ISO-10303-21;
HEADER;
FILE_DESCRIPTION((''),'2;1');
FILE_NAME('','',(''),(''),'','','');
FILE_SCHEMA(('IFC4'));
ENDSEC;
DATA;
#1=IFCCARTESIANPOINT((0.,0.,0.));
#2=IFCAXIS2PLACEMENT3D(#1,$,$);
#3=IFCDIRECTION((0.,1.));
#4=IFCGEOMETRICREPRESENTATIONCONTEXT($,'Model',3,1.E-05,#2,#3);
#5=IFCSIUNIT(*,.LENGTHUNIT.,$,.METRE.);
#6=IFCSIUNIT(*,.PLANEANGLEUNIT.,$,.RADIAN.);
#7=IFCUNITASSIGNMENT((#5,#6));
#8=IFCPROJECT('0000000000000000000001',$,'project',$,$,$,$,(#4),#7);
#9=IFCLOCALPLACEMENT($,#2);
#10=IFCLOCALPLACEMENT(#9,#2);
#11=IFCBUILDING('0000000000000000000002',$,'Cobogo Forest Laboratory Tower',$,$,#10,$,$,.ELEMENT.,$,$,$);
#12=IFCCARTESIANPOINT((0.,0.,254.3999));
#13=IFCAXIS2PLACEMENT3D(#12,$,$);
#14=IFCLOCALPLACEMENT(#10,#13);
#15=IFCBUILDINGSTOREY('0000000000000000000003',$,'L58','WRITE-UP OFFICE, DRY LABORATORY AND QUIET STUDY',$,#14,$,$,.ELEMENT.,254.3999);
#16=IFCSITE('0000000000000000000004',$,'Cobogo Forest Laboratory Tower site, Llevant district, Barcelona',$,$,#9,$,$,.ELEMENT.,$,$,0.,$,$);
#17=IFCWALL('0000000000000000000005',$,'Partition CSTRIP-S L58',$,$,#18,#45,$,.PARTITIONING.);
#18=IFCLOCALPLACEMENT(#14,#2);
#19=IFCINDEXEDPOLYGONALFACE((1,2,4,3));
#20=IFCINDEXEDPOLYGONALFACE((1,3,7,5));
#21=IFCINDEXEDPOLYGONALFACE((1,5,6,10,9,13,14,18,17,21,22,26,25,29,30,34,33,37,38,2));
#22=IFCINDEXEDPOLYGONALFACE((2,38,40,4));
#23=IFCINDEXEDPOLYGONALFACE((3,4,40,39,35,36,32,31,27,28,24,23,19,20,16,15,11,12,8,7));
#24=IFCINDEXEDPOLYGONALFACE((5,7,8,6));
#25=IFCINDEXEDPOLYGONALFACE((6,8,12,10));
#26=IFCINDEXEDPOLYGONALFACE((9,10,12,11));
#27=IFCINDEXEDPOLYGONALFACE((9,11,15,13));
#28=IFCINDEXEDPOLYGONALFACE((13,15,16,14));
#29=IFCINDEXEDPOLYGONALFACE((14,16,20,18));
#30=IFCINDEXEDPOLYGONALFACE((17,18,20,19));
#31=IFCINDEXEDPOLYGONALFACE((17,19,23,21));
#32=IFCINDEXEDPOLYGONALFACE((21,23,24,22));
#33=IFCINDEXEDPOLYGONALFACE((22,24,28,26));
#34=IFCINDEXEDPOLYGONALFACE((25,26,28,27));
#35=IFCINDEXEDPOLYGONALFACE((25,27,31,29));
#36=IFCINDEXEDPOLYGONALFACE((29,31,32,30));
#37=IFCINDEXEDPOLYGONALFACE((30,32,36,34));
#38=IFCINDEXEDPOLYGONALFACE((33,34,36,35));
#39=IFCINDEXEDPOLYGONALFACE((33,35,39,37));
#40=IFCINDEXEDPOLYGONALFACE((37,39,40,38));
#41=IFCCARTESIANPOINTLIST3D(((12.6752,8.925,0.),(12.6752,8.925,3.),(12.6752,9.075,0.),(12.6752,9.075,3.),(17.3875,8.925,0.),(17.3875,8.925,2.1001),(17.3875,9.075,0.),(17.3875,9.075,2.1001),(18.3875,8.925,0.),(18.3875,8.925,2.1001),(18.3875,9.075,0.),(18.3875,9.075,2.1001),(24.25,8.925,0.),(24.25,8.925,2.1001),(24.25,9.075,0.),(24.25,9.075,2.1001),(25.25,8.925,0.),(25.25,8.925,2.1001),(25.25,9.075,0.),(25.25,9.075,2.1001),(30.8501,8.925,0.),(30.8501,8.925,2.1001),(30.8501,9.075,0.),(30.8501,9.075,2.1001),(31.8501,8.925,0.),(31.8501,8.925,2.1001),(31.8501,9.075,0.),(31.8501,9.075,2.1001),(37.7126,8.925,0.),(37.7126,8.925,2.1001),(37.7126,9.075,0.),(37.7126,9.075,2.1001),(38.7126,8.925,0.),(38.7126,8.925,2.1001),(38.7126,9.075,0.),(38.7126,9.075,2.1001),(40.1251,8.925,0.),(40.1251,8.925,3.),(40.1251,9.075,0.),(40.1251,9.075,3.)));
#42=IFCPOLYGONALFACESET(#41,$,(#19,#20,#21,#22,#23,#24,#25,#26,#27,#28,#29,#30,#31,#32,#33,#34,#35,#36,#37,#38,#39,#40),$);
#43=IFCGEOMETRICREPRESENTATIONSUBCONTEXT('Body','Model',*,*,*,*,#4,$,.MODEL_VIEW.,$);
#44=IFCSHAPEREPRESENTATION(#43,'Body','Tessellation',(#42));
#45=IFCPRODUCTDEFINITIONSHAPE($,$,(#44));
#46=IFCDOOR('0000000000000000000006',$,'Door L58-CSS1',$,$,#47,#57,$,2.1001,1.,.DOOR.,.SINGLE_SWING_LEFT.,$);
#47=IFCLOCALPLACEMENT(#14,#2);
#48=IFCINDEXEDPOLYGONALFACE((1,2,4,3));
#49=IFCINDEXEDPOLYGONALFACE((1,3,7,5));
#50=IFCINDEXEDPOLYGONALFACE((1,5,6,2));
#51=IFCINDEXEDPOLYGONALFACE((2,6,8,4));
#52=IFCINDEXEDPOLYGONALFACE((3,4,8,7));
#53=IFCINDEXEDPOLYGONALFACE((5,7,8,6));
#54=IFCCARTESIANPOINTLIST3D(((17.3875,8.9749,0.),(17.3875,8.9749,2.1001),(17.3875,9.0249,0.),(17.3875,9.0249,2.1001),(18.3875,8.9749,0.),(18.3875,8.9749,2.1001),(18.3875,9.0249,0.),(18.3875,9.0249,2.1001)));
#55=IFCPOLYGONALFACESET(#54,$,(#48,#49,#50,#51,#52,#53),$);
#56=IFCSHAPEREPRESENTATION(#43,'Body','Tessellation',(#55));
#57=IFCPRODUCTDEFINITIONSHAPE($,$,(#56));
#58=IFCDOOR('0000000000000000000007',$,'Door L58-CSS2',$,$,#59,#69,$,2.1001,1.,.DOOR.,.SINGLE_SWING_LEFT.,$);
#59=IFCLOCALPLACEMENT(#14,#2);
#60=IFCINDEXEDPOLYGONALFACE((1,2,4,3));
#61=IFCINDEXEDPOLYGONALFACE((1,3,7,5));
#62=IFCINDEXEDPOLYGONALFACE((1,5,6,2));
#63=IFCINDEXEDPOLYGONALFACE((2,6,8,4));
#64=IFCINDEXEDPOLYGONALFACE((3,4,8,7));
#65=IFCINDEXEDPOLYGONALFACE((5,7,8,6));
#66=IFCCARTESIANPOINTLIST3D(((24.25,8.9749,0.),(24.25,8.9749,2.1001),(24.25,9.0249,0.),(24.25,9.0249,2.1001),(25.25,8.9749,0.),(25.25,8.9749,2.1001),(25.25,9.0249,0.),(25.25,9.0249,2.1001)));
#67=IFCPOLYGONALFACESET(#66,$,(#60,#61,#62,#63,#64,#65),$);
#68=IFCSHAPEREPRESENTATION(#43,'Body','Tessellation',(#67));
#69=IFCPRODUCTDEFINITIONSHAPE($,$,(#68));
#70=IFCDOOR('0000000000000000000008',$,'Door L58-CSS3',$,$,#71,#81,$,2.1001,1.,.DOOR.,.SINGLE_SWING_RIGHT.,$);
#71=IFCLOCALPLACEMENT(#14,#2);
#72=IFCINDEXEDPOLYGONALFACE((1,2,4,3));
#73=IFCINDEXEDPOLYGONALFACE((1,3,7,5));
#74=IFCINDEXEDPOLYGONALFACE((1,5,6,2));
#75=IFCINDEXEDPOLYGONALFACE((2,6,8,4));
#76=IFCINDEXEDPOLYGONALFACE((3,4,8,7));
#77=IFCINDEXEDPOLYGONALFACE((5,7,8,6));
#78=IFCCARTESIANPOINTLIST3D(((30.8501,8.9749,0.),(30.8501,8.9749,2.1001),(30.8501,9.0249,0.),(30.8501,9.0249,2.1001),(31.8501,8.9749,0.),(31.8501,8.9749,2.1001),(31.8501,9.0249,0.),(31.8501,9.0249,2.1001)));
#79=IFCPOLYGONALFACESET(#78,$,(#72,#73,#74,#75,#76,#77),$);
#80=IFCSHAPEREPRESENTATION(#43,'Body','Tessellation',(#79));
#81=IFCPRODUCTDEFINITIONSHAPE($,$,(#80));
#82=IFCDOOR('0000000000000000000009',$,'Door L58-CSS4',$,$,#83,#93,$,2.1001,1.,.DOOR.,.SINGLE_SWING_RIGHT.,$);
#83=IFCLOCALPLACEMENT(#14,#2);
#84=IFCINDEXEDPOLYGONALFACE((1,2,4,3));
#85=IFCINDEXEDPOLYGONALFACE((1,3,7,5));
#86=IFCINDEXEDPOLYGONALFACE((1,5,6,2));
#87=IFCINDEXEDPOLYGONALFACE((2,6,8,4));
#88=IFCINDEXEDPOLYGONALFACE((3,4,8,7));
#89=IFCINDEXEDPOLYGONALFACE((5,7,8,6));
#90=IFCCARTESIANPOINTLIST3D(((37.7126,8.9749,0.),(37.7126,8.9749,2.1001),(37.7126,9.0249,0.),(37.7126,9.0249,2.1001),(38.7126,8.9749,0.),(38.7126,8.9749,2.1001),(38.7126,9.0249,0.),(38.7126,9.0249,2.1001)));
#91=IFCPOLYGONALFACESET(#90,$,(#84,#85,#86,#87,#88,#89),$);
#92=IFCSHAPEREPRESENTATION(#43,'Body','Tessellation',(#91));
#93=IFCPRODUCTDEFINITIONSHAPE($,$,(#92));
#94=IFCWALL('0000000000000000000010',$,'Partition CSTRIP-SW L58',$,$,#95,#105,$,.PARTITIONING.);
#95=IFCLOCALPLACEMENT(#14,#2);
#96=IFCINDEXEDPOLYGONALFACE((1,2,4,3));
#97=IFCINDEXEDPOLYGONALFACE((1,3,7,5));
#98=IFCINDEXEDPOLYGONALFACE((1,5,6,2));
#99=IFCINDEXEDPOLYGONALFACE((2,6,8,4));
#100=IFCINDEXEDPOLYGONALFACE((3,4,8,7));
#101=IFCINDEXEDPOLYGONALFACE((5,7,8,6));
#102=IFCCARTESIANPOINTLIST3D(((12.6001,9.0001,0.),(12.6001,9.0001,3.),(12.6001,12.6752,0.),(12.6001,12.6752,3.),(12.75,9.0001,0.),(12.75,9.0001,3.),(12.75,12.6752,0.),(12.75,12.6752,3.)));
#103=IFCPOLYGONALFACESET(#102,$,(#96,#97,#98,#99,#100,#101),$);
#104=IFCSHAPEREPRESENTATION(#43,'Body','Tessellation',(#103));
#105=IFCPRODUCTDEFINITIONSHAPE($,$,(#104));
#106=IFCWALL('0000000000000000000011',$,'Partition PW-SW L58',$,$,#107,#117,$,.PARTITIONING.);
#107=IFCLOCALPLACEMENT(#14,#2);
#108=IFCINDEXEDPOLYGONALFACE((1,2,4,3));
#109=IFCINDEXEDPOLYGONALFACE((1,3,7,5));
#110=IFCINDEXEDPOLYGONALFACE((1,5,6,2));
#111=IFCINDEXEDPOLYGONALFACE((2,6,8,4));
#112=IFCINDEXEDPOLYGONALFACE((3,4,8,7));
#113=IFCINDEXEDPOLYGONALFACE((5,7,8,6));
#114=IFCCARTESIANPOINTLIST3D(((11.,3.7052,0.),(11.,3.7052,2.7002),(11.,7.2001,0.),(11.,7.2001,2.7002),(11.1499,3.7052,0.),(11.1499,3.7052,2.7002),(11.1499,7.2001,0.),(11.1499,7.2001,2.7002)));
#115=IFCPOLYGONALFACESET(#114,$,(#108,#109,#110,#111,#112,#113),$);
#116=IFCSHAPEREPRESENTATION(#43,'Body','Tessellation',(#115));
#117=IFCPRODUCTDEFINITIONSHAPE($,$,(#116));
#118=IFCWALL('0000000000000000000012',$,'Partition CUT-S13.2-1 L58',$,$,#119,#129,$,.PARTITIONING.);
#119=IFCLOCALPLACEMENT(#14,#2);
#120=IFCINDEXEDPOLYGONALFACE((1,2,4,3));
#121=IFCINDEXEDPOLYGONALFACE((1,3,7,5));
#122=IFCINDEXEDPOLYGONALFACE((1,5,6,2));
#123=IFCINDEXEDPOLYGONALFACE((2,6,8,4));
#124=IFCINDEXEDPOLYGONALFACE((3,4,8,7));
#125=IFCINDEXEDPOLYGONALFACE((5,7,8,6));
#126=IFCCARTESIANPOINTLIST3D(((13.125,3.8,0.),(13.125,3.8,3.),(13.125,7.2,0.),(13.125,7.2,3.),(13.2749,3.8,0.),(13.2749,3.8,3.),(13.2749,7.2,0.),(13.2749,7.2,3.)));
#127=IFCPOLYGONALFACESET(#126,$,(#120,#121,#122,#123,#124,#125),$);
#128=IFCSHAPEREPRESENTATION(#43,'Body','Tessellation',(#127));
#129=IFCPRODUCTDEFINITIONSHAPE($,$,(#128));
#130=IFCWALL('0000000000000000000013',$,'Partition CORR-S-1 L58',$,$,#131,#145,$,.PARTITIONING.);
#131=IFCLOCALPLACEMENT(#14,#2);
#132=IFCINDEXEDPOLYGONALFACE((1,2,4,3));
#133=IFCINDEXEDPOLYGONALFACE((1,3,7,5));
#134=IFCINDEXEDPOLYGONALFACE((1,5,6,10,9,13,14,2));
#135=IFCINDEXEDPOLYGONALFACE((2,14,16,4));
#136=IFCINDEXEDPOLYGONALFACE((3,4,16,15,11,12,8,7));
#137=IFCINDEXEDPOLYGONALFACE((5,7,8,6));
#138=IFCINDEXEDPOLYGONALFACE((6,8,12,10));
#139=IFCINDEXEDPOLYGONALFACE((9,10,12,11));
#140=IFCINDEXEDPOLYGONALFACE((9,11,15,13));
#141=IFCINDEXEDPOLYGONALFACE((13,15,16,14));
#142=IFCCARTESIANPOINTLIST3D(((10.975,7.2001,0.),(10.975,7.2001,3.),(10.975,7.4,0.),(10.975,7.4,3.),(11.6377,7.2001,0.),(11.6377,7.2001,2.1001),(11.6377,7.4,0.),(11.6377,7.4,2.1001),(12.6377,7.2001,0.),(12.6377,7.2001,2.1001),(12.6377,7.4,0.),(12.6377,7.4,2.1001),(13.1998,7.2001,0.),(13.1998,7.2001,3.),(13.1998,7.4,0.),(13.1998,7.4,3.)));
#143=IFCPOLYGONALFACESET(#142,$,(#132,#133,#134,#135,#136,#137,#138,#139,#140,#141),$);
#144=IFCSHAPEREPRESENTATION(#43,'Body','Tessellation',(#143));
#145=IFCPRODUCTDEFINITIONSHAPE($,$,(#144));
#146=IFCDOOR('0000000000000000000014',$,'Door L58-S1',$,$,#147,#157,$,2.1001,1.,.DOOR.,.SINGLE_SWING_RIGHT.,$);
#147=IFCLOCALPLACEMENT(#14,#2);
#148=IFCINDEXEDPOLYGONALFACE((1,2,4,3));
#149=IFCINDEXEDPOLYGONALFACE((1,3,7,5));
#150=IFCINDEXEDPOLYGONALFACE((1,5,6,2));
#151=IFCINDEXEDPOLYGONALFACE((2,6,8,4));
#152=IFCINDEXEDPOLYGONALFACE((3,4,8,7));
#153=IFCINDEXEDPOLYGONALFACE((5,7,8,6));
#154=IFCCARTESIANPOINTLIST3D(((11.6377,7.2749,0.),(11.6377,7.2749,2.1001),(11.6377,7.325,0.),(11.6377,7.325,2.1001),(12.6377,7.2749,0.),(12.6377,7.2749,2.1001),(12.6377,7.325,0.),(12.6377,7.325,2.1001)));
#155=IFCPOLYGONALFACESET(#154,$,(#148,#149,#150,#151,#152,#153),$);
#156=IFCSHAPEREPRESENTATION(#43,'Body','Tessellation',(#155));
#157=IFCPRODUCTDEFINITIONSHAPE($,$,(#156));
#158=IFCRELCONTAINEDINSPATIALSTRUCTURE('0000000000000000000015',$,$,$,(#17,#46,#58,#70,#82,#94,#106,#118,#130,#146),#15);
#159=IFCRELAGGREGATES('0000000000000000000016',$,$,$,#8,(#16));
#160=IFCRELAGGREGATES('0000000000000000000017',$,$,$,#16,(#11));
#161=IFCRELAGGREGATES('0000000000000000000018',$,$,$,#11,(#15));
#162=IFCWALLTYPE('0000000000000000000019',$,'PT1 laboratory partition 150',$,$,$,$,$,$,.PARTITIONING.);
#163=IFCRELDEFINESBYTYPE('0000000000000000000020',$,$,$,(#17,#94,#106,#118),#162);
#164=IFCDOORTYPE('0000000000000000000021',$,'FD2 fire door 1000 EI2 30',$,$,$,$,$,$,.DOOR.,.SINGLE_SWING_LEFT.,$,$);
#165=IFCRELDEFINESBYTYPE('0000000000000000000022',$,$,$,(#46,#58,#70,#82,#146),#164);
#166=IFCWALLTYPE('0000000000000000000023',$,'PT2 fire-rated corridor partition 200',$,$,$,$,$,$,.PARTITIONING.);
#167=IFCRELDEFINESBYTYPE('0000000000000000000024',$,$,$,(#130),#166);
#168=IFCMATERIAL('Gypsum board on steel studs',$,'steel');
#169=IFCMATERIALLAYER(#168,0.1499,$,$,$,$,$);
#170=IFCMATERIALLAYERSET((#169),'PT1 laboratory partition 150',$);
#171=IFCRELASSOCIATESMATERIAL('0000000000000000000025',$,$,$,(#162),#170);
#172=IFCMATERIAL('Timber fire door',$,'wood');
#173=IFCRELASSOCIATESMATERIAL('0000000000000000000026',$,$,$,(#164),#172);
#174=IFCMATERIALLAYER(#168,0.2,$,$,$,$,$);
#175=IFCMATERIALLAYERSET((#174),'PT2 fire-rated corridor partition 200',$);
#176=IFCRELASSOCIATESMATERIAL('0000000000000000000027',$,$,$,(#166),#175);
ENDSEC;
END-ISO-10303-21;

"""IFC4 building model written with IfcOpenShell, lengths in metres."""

from ifc_helpers import new_model, si_unit, direction, frame, frame_2d, origin, place, context, subcontext, project, spatial, rectangle, extrude, material, layer, layer_set, type_object, element, fill, save


model = new_model("IFC4")

# Units and contexts
model_context = context("Model", 3, precision=1e-05, world=origin(), true_north=direction((0.0, 1.0)))
body_context = subcontext(model_context, "Body", "Model", "MODEL_VIEW")
ifc_project = project(units=[si_unit("LENGTHUNIT", "METRE"), si_unit("PLANEANGLEUNIT", "RADIAN")], contexts=[model_context])

# Site, building, storey
site_placement = place(None, origin())
site = spatial("IfcSite", under=ifc_project, at=site_placement, Name="Cobogo Forest Laboratory Tower site, Llevant district, Barcelona", CompositionType="ELEMENT", RefElevation=0.0)
building_placement = place(site_placement, origin())
building = spatial("IfcBuilding", under=site, at=building_placement, Name="Cobogo Forest Laboratory Tower", CompositionType="ELEMENT")
storey_placement = place(building_placement, frame((0.0, 0.0, 254.3999)))
storey = spatial("IfcBuildingStorey", under=building, at=storey_placement, Name="L58", Description="WRITE-UP OFFICE, DRY LABORATORY AND QUIET STUDY", CompositionType="ELEMENT", Elevation=254.3999)

# Wall, openings, doors
ifc_material_1 = material(Name="Gypsum board on steel studs", Category="steel")
ifc_layer_1 = layer(ifc_material_1, 0.1499)
ifc_layer_set_1 = layer_set([ifc_layer_1], Name="PT1 laboratory partition 150")
wall_type_1 = type_object("IfcWallType", Name="PT1 laboratory partition 150", PredefinedType="PARTITIONING", material=ifc_layer_set_1)
wall_1_placement = place(storey_placement, frame((12.675, 9.0, 0.0), z_axis=(0.0, 0.0, 1.0), x_axis=(1.0, 0.0, 0.0)))
wall_1 = element("IfcWall", 1, at=wall_1_placement, inside=storey, type_object=wall_type_1, Name="Partition CSTRIP-S L58", PredefinedType="PARTITIONING", context=body_context, shape_type="SweptSolid", body=[
    extrude(rectangle(XDim=27.45, YDim=0.1499, at=frame_2d((13.7251, 0.0))), origin(), (0.0, 0.0, 1.0), 3.0),
])
opening_1_placement = place(wall_1_placement, frame((4.7124, 0.0, 0.0)))
opening_1 = element("IfcOpeningElement", 2, at=opening_1_placement, cuts=wall_1, PredefinedType="OPENING", context=body_context, shape_type="SweptSolid", body=[
    extrude(rectangle(XDim=1.0, YDim=2.1001, at=frame_2d((0.5, 1.05))), frame((0.0, 0.085, 0.0), z_axis=(0.0, -1.0, 0.0), x_axis=(1.0, 0.0, 0.0)), (0.0, 0.0, 1.0), 0.1699),
])
opening_2_placement = place(wall_1_placement, frame((11.575, 0.0, 0.0)))
opening_2 = element("IfcOpeningElement", 3, at=opening_2_placement, cuts=wall_1, PredefinedType="OPENING", context=body_context, shape_type="SweptSolid", body=[
    extrude(rectangle(XDim=1.0, YDim=2.1001, at=frame_2d((0.5, 1.05))), frame((0.0, 0.085, 0.0), z_axis=(0.0, -1.0, 0.0), x_axis=(1.0, 0.0, 0.0)), (0.0, 0.0, 1.0), 0.1699),
])
opening_3_placement = place(wall_1_placement, frame((18.175, 0.0, 0.0)))
opening_3 = element("IfcOpeningElement", 4, at=opening_3_placement, cuts=wall_1, PredefinedType="OPENING", context=body_context, shape_type="SweptSolid", body=[
    extrude(rectangle(XDim=1.0, YDim=2.1001, at=frame_2d((0.5, 1.05))), frame((0.0, 0.085, 0.0), z_axis=(0.0, -1.0, 0.0), x_axis=(1.0, 0.0, 0.0)), (0.0, 0.0, 1.0), 0.1699),
])
opening_4_placement = place(wall_1_placement, frame((25.0376, 0.0, 0.0)))
opening_4 = element("IfcOpeningElement", 5, at=opening_4_placement, cuts=wall_1, PredefinedType="OPENING", context=body_context, shape_type="SweptSolid", body=[
    extrude(rectangle(XDim=1.0, YDim=2.1001, at=frame_2d((0.5, 1.05))), frame((0.0, 0.085, 0.0), z_axis=(0.0, -1.0, 0.0), x_axis=(1.0, 0.0, 0.0)), (0.0, 0.0, 1.0), 0.1699),
])
ifc_material_2 = material(Name="Timber fire door", Category="wood")
door_type_1 = type_object("IfcDoorType", Name="FD2 fire door 1000 EI2 30", OperationType="SINGLE_SWING_LEFT", PredefinedType="DOOR", material=ifc_material_2)
door_1_placement = place(opening_1_placement, origin())
door_1 = element("IfcDoor", 6, at=door_1_placement, inside=storey, type_object=door_type_1, Name="Door L58-CSS1", OperationType="SINGLE_SWING_LEFT", OverallHeight=2.1001, OverallWidth=1.0, PredefinedType="DOOR", context=body_context, shape_type="SweptSolid", body=[
    extrude(rectangle(XDim=1.0, YDim=2.1001, at=frame_2d((0.5, 1.05))), frame((0.0, 0.0249, 0.0), z_axis=(0.0, -1.0, 0.0), x_axis=(1.0, 0.0, 0.0)), (0.0, 0.0, 1.0), 0.05),
])
fill(opening_1, door_1)
door_2_placement = place(opening_2_placement, origin())
door_2 = element("IfcDoor", 7, at=door_2_placement, inside=storey, type_object=door_type_1, Name="Door L58-CSS2", OperationType="SINGLE_SWING_LEFT", OverallHeight=2.1001, OverallWidth=1.0, PredefinedType="DOOR", context=body_context, shape_type="SweptSolid", body=[
    extrude(rectangle(XDim=1.0, YDim=2.1001, at=frame_2d((0.5, 1.05))), frame((0.0, 0.0249, 0.0), z_axis=(0.0, -1.0, 0.0), x_axis=(1.0, 0.0, 0.0)), (0.0, 0.0, 1.0), 0.05),
])
fill(opening_2, door_2)
door_3_placement = place(opening_3_placement, origin())
door_3 = element("IfcDoor", 8, at=door_3_placement, inside=storey, type_object=door_type_1, Name="Door L58-CSS3", OperationType="SINGLE_SWING_RIGHT", OverallHeight=2.1001, OverallWidth=1.0, PredefinedType="DOOR", context=body_context, shape_type="SweptSolid", body=[
    extrude(rectangle(XDim=1.0, YDim=2.1001, at=frame_2d((0.5, 1.05))), frame((0.0, 0.0249, 0.0), z_axis=(0.0, -1.0, 0.0), x_axis=(1.0, 0.0, 0.0)), (0.0, 0.0, 1.0), 0.05),
])
fill(opening_3, door_3)
door_4_placement = place(opening_4_placement, origin())
door_4 = element("IfcDoor", 9, at=door_4_placement, inside=storey, type_object=door_type_1, Name="Door L58-CSS4", OperationType="SINGLE_SWING_RIGHT", OverallHeight=2.1001, OverallWidth=1.0, PredefinedType="DOOR", context=body_context, shape_type="SweptSolid", body=[
    extrude(rectangle(XDim=1.0, YDim=2.1001, at=frame_2d((0.5, 1.05))), frame((0.0, 0.0249, 0.0), z_axis=(0.0, -1.0, 0.0), x_axis=(1.0, 0.0, 0.0)), (0.0, 0.0, 1.0), 0.05),
])
fill(opening_4, door_4)

# Walls
wall_2_placement = place(storey_placement, frame((12.675, 12.675, 0.0), z_axis=(0.0, 0.0, 1.0), x_axis=(0.0, -1.0, 0.0)))
element("IfcWall", 10, at=wall_2_placement, inside=storey, type_object=wall_type_1, Name="Partition CSTRIP-SW L58", PredefinedType="PARTITIONING", context=body_context, shape_type="SweptSolid", body=[
    extrude(rectangle(XDim=3.675, YDim=0.1499, at=frame_2d((1.8374, 0.0))), origin(), (0.0, 0.0, 1.0), 3.0),
])
wall_3_placement = place(storey_placement, frame((11.075, 3.7051, 0.0), z_axis=(0.0, 0.0, 1.0), x_axis=(0.0, 1.0, 0.0)))
element("IfcWall", 11, at=wall_3_placement, inside=storey, type_object=wall_type_1, Name="Partition PW-SW L58", PredefinedType="PARTITIONING", context=body_context, shape_type="SweptSolid", body=[
    extrude(rectangle(XDim=3.4949, YDim=0.1499, at=frame_2d((1.7476, 0.0))), origin(), (0.0, 0.0, 1.0), 2.7002),
])
wall_4_placement = place(storey_placement, frame((13.2, 3.8, 0.0), z_axis=(0.0, 0.0, 1.0), x_axis=(0.0, 1.0, 0.0)))
element("IfcWall", 12, at=wall_4_placement, inside=storey, type_object=wall_type_1, Name="Partition CUT-S13.2-1 L58", PredefinedType="PARTITIONING", context=body_context, shape_type="SweptSolid", body=[
    extrude(rectangle(XDim=3.3999, YDim=0.1499, at=frame_2d((1.7, 0.0))), origin(), (0.0, 0.0, 1.0), 3.0),
])

# Wall, opening, door
ifc_layer_2 = layer(ifc_material_1, 0.2)
ifc_layer_set_2 = layer_set([ifc_layer_2], Name="PT2 fire-rated corridor partition 200")
wall_type_2 = type_object("IfcWallType", Name="PT2 fire-rated corridor partition 200", PredefinedType="PARTITIONING", material=ifc_layer_set_2)
wall_5_placement = place(storey_placement, frame((10.9751, 7.3, 0.0), z_axis=(0.0, 0.0, 1.0), x_axis=(1.0, 0.0, 0.0)))
wall_5 = element("IfcWall", 13, at=wall_5_placement, inside=storey, type_object=wall_type_2, Name="Partition CORR-S-1 L58", PredefinedType="PARTITIONING", context=body_context, shape_type="SweptSolid", body=[
    extrude(rectangle(XDim=2.2249, YDim=0.2, at=frame_2d((1.1123, 0.0))), origin(), (0.0, 0.0, 1.0), 3.0),
])
opening_5_placement = place(wall_5_placement, frame((0.6626, 0.0, 0.0)))
opening_5 = element("IfcOpeningElement", 14, at=opening_5_placement, cuts=wall_5, PredefinedType="OPENING", context=body_context, shape_type="SweptSolid", body=[
    extrude(rectangle(XDim=1.0, YDim=2.1001, at=frame_2d((0.5, 1.05))), frame((0.0, 0.1099, 0.0), z_axis=(0.0, -1.0, 0.0), x_axis=(1.0, 0.0, 0.0)), (0.0, 0.0, 1.0), 0.22),
])
door_5_placement = place(opening_5_placement, origin())
door_5 = element("IfcDoor", 15, at=door_5_placement, inside=storey, type_object=door_type_1, Name="Door L58-S1", OperationType="SINGLE_SWING_RIGHT", OverallHeight=2.1001, OverallWidth=1.0, PredefinedType="DOOR", context=body_context, shape_type="SweptSolid", body=[
    extrude(rectangle(XDim=1.0, YDim=2.1001, at=frame_2d((0.5, 1.05))), frame((0.0, 0.0249, 0.0), z_axis=(0.0, -1.0, 0.0), x_axis=(1.0, 0.0, 0.0)), (0.0, 0.0, 1.0), 0.05),
])
fill(opening_5, door_5)

save(model, "model.ifc")
